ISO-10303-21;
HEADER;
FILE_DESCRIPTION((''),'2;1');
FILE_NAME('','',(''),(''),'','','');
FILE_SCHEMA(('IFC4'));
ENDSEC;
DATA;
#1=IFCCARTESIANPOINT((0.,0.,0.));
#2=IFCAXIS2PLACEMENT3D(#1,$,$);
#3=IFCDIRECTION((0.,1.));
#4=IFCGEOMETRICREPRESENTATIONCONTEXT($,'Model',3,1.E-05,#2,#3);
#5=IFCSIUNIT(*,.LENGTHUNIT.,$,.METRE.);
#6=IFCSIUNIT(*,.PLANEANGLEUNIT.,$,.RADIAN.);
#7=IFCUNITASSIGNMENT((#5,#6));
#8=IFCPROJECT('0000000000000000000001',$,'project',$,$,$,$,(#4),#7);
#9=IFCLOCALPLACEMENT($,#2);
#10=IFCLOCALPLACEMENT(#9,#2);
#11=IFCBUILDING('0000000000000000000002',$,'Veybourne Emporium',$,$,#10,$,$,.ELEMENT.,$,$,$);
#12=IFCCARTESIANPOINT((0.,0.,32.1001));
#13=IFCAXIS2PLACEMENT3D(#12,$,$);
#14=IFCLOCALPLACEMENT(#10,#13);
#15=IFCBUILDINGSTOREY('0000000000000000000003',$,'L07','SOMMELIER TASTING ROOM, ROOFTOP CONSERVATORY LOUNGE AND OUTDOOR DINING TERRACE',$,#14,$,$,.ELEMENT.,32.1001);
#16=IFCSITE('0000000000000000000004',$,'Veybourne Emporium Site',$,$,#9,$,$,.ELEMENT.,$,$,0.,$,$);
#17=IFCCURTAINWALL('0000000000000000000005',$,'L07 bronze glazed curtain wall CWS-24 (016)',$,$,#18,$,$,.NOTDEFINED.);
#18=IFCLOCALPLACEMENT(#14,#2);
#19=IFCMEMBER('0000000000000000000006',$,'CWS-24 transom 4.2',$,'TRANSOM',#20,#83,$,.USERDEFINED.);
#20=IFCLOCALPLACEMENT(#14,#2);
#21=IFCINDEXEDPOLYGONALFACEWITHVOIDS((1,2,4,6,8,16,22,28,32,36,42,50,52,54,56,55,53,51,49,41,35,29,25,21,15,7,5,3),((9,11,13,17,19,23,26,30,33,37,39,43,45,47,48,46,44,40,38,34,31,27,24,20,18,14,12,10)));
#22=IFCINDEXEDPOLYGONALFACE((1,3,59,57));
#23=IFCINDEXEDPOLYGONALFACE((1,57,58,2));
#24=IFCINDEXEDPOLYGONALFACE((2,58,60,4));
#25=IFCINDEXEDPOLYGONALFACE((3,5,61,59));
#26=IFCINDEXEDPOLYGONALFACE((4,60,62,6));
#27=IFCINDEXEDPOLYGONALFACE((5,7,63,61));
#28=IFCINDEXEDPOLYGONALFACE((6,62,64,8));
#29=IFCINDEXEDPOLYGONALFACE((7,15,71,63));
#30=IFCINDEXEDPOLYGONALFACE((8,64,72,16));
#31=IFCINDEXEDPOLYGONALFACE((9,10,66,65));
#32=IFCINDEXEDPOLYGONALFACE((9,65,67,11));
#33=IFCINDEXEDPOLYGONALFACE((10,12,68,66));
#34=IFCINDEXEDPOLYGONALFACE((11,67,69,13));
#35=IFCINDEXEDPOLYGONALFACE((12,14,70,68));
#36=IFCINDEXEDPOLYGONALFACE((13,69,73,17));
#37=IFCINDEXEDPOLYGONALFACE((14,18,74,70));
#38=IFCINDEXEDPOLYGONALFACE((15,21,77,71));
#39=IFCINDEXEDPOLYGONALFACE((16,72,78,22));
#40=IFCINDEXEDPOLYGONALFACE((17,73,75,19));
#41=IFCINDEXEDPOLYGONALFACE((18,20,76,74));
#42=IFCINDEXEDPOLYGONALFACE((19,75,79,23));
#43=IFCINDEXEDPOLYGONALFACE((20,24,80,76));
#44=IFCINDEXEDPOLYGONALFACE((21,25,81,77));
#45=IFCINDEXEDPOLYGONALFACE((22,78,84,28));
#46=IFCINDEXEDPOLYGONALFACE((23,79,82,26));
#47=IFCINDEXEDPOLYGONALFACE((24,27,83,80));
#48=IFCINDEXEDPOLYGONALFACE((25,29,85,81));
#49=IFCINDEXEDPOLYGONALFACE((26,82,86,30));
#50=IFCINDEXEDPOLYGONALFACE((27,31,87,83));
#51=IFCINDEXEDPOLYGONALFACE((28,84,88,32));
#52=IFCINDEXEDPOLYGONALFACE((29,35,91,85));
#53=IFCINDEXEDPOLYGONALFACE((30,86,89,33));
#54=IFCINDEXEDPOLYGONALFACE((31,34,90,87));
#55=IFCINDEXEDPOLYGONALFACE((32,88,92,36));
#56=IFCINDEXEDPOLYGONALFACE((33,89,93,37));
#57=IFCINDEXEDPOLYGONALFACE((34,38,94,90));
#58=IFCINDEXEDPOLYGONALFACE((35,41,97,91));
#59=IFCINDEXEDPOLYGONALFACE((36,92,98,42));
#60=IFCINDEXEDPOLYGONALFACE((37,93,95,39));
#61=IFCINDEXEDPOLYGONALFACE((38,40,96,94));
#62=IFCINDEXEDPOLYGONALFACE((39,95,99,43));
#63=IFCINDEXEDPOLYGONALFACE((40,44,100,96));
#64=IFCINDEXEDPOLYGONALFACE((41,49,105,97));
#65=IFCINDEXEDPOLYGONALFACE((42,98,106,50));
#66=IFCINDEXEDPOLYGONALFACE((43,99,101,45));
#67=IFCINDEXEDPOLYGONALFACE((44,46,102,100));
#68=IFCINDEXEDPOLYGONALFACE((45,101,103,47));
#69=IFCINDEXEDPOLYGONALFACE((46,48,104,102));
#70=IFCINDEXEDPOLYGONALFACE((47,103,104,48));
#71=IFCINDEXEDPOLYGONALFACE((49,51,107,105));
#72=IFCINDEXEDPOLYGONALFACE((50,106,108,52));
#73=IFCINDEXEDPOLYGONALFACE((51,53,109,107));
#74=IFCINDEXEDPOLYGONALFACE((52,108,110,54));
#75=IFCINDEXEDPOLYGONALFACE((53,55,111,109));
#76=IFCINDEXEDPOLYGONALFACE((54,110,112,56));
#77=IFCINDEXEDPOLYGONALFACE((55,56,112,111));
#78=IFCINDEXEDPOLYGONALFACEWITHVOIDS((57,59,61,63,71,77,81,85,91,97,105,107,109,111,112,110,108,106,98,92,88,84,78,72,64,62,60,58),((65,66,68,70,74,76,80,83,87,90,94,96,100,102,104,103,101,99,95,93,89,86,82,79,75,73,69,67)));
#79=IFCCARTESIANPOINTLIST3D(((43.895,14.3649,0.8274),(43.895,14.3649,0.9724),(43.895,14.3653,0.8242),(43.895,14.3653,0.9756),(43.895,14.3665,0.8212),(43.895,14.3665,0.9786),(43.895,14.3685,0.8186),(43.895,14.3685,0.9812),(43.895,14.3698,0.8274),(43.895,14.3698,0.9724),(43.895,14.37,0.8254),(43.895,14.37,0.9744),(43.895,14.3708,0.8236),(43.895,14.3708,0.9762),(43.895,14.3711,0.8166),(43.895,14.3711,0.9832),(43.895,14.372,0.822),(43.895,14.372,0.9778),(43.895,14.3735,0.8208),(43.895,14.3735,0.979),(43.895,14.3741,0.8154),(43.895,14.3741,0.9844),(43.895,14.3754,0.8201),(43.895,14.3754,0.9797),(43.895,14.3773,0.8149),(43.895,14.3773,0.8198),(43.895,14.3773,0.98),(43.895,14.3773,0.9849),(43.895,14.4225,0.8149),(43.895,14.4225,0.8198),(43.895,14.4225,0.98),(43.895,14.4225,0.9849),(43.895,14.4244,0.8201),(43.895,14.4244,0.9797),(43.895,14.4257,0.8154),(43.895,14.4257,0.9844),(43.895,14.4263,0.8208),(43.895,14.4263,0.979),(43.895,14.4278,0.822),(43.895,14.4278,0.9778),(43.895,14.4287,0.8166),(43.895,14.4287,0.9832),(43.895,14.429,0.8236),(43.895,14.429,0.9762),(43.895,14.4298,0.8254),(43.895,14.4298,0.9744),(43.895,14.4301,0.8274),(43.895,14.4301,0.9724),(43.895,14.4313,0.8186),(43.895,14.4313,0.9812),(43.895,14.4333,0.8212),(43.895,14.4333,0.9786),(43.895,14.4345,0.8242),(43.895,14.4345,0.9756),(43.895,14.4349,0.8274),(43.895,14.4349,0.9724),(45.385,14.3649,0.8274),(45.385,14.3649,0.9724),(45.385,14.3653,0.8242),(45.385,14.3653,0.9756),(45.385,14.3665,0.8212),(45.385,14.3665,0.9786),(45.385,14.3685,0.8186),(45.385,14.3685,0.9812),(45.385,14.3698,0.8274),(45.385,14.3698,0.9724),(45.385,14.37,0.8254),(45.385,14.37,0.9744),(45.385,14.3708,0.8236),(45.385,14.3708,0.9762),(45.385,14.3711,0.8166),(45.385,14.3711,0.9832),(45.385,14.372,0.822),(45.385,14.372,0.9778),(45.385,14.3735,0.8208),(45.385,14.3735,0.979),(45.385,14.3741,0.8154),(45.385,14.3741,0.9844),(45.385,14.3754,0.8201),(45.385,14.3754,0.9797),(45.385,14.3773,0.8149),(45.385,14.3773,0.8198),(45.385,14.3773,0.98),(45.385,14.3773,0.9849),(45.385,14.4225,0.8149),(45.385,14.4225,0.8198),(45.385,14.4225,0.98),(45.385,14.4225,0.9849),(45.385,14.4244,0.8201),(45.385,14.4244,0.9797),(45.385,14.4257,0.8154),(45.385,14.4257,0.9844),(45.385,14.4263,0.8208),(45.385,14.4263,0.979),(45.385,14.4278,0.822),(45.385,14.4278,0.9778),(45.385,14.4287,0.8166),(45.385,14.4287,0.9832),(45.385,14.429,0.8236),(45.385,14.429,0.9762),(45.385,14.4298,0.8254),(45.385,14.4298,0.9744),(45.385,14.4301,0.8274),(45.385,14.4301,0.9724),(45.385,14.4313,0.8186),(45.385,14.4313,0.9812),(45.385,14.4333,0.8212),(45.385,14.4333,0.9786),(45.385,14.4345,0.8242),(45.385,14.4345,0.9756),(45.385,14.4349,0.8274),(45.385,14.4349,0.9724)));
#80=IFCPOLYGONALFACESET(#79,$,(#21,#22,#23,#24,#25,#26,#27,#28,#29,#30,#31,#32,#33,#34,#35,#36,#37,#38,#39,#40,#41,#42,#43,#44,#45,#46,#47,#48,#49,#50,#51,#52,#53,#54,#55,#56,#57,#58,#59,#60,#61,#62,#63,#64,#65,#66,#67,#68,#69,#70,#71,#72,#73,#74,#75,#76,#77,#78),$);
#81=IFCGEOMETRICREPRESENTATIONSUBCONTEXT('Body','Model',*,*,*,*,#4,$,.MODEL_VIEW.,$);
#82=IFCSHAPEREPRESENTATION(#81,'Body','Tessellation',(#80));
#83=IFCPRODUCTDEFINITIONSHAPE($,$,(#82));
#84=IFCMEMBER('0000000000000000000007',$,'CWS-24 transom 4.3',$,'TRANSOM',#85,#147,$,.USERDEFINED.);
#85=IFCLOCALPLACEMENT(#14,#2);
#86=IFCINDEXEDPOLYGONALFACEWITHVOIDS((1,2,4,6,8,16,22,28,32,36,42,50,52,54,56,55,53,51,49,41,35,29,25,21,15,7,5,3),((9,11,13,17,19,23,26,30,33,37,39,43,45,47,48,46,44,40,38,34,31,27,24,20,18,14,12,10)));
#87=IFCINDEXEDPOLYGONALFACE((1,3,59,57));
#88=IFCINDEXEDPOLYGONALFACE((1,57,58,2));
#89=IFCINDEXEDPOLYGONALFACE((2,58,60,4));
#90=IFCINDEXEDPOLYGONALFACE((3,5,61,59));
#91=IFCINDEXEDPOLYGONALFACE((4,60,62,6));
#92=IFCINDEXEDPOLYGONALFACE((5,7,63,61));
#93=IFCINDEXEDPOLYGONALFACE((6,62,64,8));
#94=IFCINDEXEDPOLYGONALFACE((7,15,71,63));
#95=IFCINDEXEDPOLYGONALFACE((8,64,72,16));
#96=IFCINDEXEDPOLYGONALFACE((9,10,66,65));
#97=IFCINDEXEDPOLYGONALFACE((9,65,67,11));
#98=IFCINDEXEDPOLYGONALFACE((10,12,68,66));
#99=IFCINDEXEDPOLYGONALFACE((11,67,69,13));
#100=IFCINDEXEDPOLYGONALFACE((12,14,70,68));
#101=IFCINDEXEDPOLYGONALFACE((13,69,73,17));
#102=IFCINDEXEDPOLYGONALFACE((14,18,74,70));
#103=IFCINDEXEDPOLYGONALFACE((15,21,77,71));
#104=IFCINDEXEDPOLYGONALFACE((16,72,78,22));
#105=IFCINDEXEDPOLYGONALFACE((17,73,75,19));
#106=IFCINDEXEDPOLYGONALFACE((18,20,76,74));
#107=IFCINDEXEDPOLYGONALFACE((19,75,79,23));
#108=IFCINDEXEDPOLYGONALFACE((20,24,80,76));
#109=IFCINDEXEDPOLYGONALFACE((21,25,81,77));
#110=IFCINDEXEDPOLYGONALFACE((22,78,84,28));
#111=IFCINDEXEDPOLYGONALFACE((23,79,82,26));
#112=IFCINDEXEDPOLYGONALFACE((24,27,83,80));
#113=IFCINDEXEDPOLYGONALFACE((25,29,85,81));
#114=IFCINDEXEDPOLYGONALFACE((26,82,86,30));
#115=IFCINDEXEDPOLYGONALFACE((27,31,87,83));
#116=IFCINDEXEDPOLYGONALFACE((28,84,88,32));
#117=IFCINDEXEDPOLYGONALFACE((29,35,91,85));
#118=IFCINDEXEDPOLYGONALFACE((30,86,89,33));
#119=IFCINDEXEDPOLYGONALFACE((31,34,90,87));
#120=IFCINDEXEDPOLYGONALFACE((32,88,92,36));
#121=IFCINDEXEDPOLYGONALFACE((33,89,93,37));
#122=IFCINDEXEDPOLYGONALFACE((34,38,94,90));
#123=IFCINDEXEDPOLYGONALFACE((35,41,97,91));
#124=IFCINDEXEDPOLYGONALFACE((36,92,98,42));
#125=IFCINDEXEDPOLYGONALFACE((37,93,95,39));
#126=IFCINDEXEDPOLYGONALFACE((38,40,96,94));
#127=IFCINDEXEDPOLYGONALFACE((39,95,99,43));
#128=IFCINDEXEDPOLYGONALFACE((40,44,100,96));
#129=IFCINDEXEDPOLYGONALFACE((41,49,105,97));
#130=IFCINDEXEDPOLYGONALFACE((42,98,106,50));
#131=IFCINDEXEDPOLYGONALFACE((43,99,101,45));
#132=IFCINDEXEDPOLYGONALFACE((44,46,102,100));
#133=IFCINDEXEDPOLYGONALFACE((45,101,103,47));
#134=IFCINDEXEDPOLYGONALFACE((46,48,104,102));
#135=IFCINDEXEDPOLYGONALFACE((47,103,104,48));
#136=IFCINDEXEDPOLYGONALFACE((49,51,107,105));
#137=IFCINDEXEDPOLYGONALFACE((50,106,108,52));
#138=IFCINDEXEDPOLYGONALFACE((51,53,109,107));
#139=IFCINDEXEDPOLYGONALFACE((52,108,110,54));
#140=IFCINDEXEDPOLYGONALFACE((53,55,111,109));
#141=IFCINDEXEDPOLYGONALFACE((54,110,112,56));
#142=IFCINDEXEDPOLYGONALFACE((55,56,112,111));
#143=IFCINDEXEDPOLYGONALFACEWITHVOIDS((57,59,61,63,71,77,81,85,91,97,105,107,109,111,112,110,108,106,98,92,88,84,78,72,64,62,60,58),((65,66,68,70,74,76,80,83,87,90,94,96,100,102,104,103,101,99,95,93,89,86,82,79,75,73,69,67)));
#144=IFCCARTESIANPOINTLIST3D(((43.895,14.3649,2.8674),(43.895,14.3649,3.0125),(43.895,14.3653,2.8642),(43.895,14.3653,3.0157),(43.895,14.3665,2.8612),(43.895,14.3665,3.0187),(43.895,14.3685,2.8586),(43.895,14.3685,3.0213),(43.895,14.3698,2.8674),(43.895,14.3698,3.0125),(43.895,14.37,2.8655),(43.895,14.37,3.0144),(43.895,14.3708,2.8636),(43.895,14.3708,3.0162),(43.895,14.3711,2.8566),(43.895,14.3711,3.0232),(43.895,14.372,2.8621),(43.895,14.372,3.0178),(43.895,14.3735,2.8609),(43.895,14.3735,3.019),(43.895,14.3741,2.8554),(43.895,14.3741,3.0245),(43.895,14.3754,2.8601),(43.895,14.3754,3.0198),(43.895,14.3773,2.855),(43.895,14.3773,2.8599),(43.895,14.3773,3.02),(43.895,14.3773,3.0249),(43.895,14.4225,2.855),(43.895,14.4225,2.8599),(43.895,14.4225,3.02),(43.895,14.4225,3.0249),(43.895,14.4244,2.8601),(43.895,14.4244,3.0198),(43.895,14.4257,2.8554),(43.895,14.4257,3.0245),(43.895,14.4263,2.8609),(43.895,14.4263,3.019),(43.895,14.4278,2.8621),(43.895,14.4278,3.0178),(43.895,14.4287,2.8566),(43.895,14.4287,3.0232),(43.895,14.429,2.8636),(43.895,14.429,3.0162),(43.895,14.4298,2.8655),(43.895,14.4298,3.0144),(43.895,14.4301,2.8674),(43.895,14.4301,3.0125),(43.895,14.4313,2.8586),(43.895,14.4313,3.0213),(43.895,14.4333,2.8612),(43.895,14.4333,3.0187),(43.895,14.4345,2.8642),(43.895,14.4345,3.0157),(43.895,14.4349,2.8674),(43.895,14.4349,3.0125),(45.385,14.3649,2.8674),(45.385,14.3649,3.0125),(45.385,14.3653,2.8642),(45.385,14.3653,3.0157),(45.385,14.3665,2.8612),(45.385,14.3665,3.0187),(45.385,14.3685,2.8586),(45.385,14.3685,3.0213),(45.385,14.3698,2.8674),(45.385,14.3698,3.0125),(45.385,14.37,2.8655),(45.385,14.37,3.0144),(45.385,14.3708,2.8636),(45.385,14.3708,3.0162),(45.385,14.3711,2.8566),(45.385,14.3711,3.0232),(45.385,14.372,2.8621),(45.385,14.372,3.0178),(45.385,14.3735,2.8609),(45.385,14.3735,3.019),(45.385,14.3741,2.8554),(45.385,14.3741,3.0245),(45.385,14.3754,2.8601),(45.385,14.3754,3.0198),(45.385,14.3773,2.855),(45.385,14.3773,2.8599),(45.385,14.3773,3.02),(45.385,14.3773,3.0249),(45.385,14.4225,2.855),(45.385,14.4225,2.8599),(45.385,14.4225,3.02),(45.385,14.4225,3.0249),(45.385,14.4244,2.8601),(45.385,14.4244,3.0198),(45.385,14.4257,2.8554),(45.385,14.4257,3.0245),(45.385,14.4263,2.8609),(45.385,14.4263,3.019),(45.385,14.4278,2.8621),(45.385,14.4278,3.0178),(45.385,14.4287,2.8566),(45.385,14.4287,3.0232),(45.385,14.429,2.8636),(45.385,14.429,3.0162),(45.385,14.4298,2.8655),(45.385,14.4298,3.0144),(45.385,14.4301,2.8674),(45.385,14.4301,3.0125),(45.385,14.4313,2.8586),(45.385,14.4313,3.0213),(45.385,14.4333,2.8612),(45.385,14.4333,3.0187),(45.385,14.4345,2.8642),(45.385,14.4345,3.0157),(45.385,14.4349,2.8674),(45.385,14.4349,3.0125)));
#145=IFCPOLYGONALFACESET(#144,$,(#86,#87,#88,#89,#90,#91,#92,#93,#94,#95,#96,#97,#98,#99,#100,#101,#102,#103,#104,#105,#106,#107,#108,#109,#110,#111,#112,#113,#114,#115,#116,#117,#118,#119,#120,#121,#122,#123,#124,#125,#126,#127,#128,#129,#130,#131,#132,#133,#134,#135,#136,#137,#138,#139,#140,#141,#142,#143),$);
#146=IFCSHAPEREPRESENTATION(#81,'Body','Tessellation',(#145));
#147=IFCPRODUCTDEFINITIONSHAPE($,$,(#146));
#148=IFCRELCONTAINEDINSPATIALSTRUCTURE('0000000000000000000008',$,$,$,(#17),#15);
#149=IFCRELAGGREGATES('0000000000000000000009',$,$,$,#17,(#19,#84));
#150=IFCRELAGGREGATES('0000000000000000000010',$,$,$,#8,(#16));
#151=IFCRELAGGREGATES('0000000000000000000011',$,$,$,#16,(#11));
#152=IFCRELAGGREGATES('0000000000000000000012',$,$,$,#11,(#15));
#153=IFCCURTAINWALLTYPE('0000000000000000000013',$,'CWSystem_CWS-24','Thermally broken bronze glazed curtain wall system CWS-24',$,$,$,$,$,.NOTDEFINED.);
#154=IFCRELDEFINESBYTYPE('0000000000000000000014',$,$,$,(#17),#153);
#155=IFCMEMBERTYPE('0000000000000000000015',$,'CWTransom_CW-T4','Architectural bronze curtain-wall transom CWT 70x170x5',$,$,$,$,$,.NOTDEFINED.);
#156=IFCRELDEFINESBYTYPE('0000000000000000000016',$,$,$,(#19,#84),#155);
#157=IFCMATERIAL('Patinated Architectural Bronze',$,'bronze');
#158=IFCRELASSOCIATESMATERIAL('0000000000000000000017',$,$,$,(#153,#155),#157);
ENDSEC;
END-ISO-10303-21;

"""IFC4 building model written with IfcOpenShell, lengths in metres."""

from ifc_helpers import new_model, si_unit, direction, frame, origin, origin_2d, place, context, subcontext, project, spatial, hollow_rectangle, extrude, material, material_profile, profile_set, type_object, element, aggregate, save


model = new_model("IFC4")

# Units and contexts
model_context = context("Model", 3, precision=1e-05, world=origin(), true_north=direction((0.0, 1.0)))
body_context = subcontext(model_context, "Body", "Model", "MODEL_VIEW")
ifc_project = project(units=[si_unit("LENGTHUNIT", "METRE"), si_unit("PLANEANGLEUNIT", "RADIAN")], contexts=[model_context])

# Site, building, storey
site_placement = place(None, origin())
site = spatial("IfcSite", under=ifc_project, at=site_placement, Name="Veybourne Emporium Site", CompositionType="ELEMENT", RefElevation=0.0)
building_placement = place(site_placement, origin())
building = spatial("IfcBuilding", under=site, at=building_placement, Name="Veybourne Emporium", CompositionType="ELEMENT")
storey_placement = place(building_placement, frame((0.0, 0.0, 32.1001)))
storey = spatial("IfcBuildingStorey", under=building, at=storey_placement, Name="L07", Description="SOMMELIER TASTING ROOM, ROOFTOP CONSERVATORY LOUNGE AND OUTDOOR DINING TERRACE", CompositionType="ELEMENT", Elevation=32.1001)

# Curtain wall, members
ifc_material_1 = material(Name="Patinated Architectural Bronze", Category="bronze")
curtain_wall_type = type_object("IfcCurtainWallType", Name="CWSystem_CWS-24", Description="Thermally broken bronze glazed curtain wall system CWS-24", PredefinedType="NOTDEFINED", material=ifc_material_1)
curtain_wall_placement = place(storey_placement, origin())
curtain_wall = element("IfcCurtainWall", 1, at=curtain_wall_placement, inside=storey, type_object=curtain_wall_type, Name="L07 bronze glazed curtain wall CWS-24 (016)", PredefinedType="NOTDEFINED")
ifc_material_profile_1 = material_profile(ifc_material_1, hollow_rectangle(XDim=0.0701, YDim=0.1699, WallThickness=0.0049, InnerFilletRadius=0.0076, OuterFilletRadius=0.0125, at=origin_2d()), Name="CWT 70x170x5")
ifc_profile_set_1 = profile_set([ifc_material_profile_1], Name="Patinated Architectural Bronze")
member_type_1 = type_object("IfcMemberType", Name="CWTransom_CW-T4", Description="Architectural bronze curtain-wall transom CWT 70x170x5", PredefinedType="NOTDEFINED", material=ifc_profile_set_1)
member_1_placement = place(storey_placement, frame((45.385, 14.3999, 0.8999), z_axis=(-1.0, 0.0, 0.0), x_axis=(0.0, -1.0, 0.0)))
member_1 = element("IfcMember", 2, at=member_1_placement, type_object=member_type_1, Name="CWS-24 transom 4.2", ObjectType="TRANSOM", PredefinedType="USERDEFINED", context=body_context, shape_type="SweptSolid", body=[
    extrude(hollow_rectangle(XDim=0.0701, YDim=0.1699, WallThickness=0.0049, InnerFilletRadius=0.0076, OuterFilletRadius=0.0125, at=origin_2d()), origin(), (0.0, 0.0, 1.0), 1.49),
])
member_2_placement = place(storey_placement, frame((45.385, 14.3999, 2.9399), z_axis=(-1.0, 0.0, 0.0), x_axis=(0.0, -1.0, 0.0)))
member_2 = element("IfcMember", 3, at=member_2_placement, type_object=member_type_1, Name="CWS-24 transom 4.3", ObjectType="TRANSOM", PredefinedType="USERDEFINED", context=body_context, shape_type="SweptSolid", body=[
    extrude(hollow_rectangle(XDim=0.0701, YDim=0.1699, WallThickness=0.0049, InnerFilletRadius=0.0076, OuterFilletRadius=0.0125, at=origin_2d()), origin(), (0.0, 0.0, 1.0), 1.49),
])
aggregate(curtain_wall, [member_1, member_2])

save(model, "model.ifc")
